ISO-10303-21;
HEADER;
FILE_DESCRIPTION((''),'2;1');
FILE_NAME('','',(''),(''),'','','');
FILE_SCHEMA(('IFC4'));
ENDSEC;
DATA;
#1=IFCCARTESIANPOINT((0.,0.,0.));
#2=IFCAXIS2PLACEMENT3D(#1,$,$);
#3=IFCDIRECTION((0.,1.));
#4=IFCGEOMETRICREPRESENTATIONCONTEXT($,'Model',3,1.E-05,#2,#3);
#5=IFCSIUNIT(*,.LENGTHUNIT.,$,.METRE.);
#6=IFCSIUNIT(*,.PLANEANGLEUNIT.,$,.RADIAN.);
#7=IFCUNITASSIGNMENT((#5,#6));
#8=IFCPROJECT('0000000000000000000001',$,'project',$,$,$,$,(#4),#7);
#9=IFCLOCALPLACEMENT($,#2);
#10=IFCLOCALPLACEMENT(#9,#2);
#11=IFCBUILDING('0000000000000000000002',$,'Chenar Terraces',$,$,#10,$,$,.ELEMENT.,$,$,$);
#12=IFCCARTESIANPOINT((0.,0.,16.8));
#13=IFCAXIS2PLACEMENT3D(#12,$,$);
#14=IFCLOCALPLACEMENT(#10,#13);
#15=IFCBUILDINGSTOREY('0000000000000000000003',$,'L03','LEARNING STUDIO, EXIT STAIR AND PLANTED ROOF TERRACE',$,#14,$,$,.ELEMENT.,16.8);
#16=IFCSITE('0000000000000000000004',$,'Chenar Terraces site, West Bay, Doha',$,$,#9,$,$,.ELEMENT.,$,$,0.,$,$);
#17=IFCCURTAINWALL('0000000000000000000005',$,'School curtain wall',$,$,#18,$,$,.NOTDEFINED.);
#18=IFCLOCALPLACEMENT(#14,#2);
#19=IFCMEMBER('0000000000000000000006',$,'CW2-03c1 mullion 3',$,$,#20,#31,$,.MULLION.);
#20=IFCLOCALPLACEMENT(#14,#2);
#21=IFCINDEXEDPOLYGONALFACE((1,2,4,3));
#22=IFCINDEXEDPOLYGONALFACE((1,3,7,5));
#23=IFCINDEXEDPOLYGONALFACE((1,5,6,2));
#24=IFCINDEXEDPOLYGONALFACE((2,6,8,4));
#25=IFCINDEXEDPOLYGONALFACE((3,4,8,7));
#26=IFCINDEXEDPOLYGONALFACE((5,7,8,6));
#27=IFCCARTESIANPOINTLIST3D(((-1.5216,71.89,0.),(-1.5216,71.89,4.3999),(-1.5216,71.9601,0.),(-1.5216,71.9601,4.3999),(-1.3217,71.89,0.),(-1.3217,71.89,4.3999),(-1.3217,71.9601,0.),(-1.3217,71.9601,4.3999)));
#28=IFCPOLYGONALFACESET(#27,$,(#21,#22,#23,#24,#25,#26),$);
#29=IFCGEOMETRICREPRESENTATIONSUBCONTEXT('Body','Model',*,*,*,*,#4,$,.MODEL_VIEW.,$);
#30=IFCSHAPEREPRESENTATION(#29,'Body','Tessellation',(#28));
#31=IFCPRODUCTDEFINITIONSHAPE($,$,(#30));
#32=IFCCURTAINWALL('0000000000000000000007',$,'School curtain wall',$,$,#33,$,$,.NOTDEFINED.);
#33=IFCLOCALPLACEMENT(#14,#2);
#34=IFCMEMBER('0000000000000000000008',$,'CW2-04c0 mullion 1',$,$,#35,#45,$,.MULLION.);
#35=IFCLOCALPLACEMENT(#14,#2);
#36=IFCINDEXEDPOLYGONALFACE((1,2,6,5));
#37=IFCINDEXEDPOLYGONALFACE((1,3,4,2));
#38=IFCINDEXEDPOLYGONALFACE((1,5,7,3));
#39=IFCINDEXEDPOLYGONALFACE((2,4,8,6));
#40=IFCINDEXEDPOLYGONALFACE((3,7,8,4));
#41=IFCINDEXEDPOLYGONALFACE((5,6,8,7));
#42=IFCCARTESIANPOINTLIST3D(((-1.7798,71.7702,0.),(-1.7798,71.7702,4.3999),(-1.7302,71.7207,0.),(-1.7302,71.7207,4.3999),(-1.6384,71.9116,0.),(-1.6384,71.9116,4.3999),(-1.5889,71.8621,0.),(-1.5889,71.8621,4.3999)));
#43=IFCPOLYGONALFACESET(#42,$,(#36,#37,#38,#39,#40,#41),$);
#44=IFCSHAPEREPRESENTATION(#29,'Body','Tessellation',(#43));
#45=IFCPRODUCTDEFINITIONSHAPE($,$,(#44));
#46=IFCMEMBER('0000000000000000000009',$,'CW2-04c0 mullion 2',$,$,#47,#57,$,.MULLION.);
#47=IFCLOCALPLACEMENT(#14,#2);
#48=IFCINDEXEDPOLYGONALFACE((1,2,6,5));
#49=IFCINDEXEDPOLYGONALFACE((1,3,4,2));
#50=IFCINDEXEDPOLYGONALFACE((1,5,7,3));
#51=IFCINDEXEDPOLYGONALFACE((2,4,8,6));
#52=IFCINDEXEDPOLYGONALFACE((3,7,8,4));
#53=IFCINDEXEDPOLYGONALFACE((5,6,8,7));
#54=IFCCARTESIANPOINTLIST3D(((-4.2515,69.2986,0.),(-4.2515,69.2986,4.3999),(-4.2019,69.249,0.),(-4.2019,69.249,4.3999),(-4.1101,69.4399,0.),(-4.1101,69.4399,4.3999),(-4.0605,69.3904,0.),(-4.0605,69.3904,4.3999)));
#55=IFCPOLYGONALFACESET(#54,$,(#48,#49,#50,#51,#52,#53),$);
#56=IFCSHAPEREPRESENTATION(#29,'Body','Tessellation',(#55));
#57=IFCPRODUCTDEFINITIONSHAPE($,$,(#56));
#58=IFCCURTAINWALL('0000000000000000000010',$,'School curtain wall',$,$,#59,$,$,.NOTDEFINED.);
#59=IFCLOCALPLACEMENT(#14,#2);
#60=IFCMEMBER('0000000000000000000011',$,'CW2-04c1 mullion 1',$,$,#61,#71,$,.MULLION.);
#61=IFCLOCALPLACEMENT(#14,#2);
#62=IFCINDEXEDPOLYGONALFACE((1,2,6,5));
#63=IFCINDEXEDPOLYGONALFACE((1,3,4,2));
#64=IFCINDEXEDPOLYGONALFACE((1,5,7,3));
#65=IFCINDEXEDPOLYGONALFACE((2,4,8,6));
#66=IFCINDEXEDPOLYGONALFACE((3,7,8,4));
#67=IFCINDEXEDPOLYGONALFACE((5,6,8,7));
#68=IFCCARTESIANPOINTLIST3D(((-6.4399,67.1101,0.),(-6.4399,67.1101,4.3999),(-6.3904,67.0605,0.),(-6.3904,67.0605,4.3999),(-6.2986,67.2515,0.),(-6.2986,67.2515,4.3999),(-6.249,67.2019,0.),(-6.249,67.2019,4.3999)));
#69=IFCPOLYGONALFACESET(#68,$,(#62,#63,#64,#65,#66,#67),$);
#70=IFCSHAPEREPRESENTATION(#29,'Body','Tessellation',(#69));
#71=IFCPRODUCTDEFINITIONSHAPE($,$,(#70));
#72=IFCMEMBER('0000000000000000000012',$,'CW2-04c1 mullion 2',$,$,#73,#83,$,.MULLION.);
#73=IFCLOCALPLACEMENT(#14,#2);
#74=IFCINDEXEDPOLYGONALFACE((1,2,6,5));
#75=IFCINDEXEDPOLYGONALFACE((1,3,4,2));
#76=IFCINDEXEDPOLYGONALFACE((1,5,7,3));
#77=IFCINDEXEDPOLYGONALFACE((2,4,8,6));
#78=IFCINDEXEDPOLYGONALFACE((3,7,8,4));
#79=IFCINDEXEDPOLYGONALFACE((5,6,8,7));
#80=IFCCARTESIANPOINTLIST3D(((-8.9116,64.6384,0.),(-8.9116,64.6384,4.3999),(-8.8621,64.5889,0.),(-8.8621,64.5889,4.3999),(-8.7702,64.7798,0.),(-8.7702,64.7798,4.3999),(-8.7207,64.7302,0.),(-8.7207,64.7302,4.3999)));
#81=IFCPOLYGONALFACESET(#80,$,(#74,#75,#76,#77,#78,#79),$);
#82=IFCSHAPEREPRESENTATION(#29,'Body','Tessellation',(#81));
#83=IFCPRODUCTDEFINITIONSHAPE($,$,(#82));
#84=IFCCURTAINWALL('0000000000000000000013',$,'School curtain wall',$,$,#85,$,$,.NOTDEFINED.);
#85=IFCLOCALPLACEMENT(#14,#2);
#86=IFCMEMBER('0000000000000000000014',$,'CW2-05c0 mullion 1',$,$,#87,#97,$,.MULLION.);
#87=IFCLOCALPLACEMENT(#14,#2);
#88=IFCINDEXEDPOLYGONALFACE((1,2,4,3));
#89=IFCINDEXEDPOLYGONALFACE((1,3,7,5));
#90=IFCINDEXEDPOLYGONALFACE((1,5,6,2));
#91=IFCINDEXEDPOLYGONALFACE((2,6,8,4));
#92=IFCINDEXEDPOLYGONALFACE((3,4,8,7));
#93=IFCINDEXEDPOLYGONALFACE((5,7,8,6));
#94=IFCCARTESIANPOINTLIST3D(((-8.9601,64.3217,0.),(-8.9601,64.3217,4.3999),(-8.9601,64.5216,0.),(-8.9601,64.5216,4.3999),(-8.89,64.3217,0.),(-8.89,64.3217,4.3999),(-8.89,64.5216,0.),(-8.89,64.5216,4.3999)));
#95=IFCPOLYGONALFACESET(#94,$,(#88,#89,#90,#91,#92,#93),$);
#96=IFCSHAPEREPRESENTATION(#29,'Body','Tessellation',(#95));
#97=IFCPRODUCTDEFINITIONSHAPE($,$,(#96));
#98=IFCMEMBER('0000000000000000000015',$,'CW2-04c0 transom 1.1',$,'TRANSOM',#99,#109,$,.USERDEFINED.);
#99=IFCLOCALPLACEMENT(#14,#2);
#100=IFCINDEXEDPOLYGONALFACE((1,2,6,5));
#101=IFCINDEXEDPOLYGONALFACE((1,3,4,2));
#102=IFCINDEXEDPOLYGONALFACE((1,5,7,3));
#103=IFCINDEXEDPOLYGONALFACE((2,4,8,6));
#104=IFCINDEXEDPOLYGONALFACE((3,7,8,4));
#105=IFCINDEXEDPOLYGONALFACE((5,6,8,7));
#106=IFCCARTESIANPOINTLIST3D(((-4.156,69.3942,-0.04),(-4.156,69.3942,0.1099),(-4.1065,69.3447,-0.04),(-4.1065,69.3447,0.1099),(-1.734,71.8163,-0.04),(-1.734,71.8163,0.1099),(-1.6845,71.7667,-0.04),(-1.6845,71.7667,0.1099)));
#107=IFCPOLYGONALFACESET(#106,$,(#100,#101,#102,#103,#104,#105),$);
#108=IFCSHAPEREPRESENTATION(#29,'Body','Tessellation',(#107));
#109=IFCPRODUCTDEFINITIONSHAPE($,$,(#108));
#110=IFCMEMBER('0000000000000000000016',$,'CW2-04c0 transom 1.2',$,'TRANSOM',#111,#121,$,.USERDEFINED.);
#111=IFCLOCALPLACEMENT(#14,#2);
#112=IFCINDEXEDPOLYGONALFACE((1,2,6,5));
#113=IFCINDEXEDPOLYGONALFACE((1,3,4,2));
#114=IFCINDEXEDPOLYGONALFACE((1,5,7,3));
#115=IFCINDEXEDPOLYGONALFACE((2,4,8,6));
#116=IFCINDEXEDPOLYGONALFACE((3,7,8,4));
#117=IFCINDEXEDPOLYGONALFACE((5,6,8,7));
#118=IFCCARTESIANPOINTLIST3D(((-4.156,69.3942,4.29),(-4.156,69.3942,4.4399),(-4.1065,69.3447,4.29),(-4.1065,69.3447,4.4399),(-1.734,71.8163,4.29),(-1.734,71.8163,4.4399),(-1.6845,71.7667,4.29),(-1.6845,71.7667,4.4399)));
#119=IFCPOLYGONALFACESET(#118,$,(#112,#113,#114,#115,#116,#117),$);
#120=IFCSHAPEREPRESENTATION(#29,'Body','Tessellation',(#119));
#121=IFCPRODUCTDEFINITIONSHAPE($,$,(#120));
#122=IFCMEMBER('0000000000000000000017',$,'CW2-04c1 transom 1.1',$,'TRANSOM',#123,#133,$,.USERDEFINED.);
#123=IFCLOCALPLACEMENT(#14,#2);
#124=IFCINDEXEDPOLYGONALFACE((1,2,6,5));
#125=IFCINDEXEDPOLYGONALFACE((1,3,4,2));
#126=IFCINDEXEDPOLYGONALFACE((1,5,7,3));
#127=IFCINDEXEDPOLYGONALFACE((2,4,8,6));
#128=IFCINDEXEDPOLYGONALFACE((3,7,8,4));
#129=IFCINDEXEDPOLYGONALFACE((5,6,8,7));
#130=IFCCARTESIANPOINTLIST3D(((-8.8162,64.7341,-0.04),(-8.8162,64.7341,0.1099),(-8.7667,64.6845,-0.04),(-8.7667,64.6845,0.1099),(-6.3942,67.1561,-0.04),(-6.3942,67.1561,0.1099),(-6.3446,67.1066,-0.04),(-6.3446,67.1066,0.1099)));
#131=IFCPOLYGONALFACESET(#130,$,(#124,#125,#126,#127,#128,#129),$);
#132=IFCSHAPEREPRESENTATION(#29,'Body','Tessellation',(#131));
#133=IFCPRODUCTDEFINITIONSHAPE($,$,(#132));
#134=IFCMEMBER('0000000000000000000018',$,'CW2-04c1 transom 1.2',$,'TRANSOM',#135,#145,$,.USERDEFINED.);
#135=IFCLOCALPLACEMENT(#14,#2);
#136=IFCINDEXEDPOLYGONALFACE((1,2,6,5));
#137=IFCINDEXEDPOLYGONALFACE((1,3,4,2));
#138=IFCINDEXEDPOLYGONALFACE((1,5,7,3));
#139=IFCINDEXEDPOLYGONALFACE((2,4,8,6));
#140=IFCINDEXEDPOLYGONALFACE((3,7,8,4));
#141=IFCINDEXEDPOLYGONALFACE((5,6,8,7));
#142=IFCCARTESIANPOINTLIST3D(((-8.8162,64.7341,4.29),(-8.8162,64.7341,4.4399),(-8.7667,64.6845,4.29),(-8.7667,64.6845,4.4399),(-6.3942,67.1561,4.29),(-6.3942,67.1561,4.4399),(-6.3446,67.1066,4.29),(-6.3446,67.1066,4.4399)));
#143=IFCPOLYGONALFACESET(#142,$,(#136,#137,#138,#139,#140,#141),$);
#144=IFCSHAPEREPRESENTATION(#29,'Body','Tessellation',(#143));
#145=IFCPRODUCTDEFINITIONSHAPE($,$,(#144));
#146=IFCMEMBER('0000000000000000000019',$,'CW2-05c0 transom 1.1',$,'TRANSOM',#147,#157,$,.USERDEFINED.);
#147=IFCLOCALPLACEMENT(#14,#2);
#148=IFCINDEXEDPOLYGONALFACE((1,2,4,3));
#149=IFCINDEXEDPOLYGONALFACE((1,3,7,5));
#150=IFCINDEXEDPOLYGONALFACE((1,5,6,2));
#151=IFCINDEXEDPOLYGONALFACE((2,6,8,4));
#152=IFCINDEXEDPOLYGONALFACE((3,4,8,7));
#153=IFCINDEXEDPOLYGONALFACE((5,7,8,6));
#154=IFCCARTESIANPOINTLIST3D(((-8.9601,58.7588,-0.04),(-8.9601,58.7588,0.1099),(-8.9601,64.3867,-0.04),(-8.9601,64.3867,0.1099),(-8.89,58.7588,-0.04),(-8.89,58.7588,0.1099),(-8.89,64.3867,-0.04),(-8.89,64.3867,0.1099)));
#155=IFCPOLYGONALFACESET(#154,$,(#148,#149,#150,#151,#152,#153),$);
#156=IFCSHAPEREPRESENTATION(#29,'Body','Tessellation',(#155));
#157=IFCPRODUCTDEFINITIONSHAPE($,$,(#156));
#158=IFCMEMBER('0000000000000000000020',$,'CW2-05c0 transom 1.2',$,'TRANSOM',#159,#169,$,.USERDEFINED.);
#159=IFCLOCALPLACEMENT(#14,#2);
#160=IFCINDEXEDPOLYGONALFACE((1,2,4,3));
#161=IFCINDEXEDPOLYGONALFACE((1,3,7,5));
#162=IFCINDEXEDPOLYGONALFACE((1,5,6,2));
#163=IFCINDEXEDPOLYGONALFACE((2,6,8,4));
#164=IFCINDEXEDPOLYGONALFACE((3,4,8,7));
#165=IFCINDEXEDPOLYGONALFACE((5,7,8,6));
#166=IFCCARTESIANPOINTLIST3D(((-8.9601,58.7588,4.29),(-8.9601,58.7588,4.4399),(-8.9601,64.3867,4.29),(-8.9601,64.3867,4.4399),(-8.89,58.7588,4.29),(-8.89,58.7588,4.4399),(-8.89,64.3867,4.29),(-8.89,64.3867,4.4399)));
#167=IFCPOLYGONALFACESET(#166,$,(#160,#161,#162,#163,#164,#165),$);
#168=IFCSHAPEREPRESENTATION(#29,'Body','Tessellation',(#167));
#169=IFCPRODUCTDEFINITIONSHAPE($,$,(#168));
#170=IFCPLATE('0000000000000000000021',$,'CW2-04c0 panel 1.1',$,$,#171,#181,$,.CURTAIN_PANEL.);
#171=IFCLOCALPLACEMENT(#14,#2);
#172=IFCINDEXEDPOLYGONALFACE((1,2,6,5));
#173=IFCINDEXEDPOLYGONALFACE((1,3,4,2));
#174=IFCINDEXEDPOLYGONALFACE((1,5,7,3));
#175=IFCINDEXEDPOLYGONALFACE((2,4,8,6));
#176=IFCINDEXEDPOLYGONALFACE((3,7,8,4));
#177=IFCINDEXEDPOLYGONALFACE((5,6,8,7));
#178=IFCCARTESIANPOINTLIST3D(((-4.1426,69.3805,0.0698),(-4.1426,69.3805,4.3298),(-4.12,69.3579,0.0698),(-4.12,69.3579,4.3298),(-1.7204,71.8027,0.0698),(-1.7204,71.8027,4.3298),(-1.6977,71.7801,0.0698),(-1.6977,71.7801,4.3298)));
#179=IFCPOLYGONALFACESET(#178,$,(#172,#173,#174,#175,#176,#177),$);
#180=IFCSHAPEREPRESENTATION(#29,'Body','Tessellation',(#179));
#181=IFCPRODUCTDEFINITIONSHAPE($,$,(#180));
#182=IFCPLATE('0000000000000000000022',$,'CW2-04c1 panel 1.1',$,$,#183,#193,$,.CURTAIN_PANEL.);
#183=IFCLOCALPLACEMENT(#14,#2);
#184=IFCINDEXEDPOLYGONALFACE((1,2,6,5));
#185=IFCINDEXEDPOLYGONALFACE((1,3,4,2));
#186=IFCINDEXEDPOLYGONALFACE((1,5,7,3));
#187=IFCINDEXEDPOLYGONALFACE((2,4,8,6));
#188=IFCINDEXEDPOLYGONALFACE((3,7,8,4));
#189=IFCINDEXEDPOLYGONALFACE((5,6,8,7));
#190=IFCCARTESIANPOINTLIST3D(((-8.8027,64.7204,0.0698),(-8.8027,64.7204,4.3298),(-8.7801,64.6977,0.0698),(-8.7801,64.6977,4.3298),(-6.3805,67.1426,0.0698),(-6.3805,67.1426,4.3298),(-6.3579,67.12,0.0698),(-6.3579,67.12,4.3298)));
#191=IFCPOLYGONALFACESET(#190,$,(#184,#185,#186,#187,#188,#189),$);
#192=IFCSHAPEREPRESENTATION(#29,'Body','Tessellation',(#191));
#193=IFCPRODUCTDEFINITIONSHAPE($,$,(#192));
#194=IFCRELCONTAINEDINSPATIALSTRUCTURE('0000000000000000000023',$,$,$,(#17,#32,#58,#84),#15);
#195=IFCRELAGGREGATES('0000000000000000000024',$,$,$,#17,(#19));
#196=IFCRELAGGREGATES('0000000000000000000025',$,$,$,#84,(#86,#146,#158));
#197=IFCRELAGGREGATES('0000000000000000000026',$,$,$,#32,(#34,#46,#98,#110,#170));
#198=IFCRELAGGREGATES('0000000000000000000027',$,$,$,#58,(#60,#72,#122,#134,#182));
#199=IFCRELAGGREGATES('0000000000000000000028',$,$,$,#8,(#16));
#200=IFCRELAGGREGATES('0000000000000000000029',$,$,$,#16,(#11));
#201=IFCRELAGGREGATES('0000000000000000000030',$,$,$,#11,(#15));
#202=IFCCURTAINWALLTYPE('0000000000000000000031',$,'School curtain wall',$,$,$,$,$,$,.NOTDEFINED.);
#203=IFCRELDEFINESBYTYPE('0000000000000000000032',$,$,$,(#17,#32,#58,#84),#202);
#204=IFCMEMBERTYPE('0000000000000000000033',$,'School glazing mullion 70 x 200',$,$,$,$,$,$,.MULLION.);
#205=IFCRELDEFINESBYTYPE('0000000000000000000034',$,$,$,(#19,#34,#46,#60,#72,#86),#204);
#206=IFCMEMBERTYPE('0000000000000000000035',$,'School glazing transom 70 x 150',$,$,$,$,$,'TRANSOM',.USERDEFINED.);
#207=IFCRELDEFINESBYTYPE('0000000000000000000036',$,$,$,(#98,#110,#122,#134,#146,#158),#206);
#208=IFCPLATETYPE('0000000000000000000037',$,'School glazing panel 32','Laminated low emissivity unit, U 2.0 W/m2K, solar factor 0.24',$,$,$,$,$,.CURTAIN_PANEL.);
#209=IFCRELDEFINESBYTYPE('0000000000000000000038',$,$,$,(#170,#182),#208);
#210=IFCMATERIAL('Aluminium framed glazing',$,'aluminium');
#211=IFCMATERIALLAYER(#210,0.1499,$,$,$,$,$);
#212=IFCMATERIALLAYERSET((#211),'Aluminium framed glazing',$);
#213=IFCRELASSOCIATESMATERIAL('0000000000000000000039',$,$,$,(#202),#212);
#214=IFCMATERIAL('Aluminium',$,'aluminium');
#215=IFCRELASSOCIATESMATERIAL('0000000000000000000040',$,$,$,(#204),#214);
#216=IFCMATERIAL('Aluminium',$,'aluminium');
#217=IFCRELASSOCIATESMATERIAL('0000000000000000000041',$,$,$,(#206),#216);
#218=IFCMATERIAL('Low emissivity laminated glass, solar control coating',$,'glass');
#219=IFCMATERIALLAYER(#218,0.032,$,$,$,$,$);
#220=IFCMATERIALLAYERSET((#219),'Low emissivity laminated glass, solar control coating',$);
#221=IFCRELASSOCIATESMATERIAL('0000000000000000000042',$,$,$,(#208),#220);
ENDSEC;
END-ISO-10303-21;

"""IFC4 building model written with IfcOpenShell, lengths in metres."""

from ifc_helpers import new_model, si_unit, direction, frame, origin, origin_2d, place, context, subcontext, project, spatial, rectangle, extrude, material, layer, layer_set, material_profile, profile_set, type_object, element, aggregate, save


model = new_model("IFC4")

# Units and contexts
model_context = context("Model", 3, precision=1e-05, world=origin(), true_north=direction((0.0, 1.0)))
body_context = subcontext(model_context, "Body", "Model", "MODEL_VIEW")
ifc_project = project(units=[si_unit("LENGTHUNIT", "METRE"), si_unit("PLANEANGLEUNIT", "RADIAN")], contexts=[model_context])

# Site, building, storey
site_placement = place(None, origin())
site = spatial("IfcSite", under=ifc_project, at=site_placement, Name="Chenar Terraces site, West Bay, Doha", CompositionType="ELEMENT", RefElevation=0.0)
building_placement = place(site_placement, origin())
building = spatial("IfcBuilding", under=site, at=building_placement, Name="Chenar Terraces", CompositionType="ELEMENT")
storey_placement = place(building_placement, frame((0.0, 0.0, 16.8)))
storey = spatial("IfcBuildingStorey", under=building, at=storey_placement, Name="L03", Description="LEARNING STUDIO, EXIT STAIR AND PLANTED ROOF TERRACE", CompositionType="ELEMENT", Elevation=16.8)

# Curtain wall, member
ifc_material_1 = material(Name="Aluminium framed glazing", Category="aluminium")
ifc_layer_1 = layer(ifc_material_1, 0.1499)
ifc_layer_set_1 = layer_set([ifc_layer_1], Name="Aluminium framed glazing")
curtain_wall_type = type_object("IfcCurtainWallType", Name="School curtain wall", PredefinedType="NOTDEFINED", material=ifc_layer_set_1)
placement = place(storey_placement, origin())
curtain_wall_1 = element("IfcCurtainWall", 1, at=placement, inside=storey, type_object=curtain_wall_type, Name="School curtain wall", PredefinedType="NOTDEFINED")
ifc_material_2 = material(Name="Aluminium", Category="aluminium")
ifc_material_profile_1 = material_profile(ifc_material_2, rectangle(XDim=0.0701, YDim=0.2, at=origin_2d()), Name="School glazing mullion 70 x 200")
ifc_profile_set_1 = profile_set([ifc_material_profile_1], Name="Aluminium")
member_type_1 = type_object("IfcMemberType", Name="School glazing mullion 70 x 200", PredefinedType="MULLION", material=ifc_profile_set_1)
member_1_placement = place(storey_placement, frame((-1.4216, 71.925, 0.0), z_axis=(0.0, 0.0, 1.0), x_axis=(0.0, -1.0, 0.0)))
member_1 = element("IfcMember", 2, at=member_1_placement, type_object=member_type_1, Name="CW2-03c1 mullion 3", PredefinedType="MULLION", context=body_context, shape_type="SweptSolid", body=[
    extrude(rectangle(XDim=0.0701, YDim=0.2, at=origin_2d()), origin(), (0.0, 0.0, 1.0), 4.3999),
])
aggregate(curtain_wall_1, [member_1])

# Curtain walls, members
curtain_wall_2 = element("IfcCurtainWall", 3, at=placement, inside=storey, type_object=curtain_wall_type, Name="School curtain wall", PredefinedType="NOTDEFINED")
member_2_placement = place(storey_placement, frame((-1.6843, 71.8162, 0.0), z_axis=(0.0, 0.0, 1.0), x_axis=(0.707107, -0.707107, 0.0)))
member_2 = element("IfcMember", 4, at=member_2_placement, type_object=member_type_1, Name="CW2-04c0 mullion 1", PredefinedType="MULLION", context=body_context, shape_type="SweptSolid", body=[
    extrude(rectangle(XDim=0.0701, YDim=0.2, at=origin_2d()), origin(), (0.0, 0.0, 1.0), 4.3999),
])
member_3_placement = place(storey_placement, frame((-4.156, 69.3445, 0.0), z_axis=(0.0, 0.0, 1.0), x_axis=(0.707107, -0.707107, 0.0)))
member_3 = element("IfcMember", 5, at=member_3_placement, type_object=member_type_1, Name="CW2-04c0 mullion 2", PredefinedType="MULLION", context=body_context, shape_type="SweptSolid", body=[
    extrude(rectangle(XDim=0.0701, YDim=0.2, at=origin_2d()), origin(), (0.0, 0.0, 1.0), 4.3999),
])
curtain_wall_3 = element("IfcCurtainWall", 6, at=placement, inside=storey, type_object=curtain_wall_type, Name="School curtain wall", PredefinedType="NOTDEFINED")
member_4_placement = place(storey_placement, frame((-6.3445, 67.156, 0.0), z_axis=(0.0, 0.0, 1.0), x_axis=(0.707107, -0.707107, 0.0)))
member_4 = element("IfcMember", 7, at=member_4_placement, type_object=member_type_1, Name="CW2-04c1 mullion 1", PredefinedType="MULLION", context=body_context, shape_type="SweptSolid", body=[
    extrude(rectangle(XDim=0.0701, YDim=0.2, at=origin_2d()), origin(), (0.0, 0.0, 1.0), 4.3999),
])
member_5_placement = place(storey_placement, frame((-8.8162, 64.6843, 0.0), z_axis=(0.0, 0.0, 1.0), x_axis=(0.707107, -0.707107, 0.0)))
member_5 = element("IfcMember", 8, at=member_5_placement, type_object=member_type_1, Name="CW2-04c1 mullion 2", PredefinedType="MULLION", context=body_context, shape_type="SweptSolid", body=[
    extrude(rectangle(XDim=0.0701, YDim=0.2, at=origin_2d()), origin(), (0.0, 0.0, 1.0), 4.3999),
])

# Curtain wall, member
curtain_wall_4 = element("IfcCurtainWall", 9, at=placement, inside=storey, type_object=curtain_wall_type, Name="School curtain wall", PredefinedType="NOTDEFINED")
member_6_placement = place(storey_placement, frame((-8.925, 64.4216, 0.0), z_axis=(0.0, 0.0, 1.0), x_axis=(1.0, 0.0, 0.0)))
member_6 = element("IfcMember", 10, at=member_6_placement, type_object=member_type_1, Name="CW2-05c0 mullion 1", PredefinedType="MULLION", context=body_context, shape_type="SweptSolid", body=[
    extrude(rectangle(XDim=0.0701, YDim=0.2, at=origin_2d()), origin(), (0.0, 0.0, 1.0), 4.3999),
])

# Members
ifc_material_3 = material(Name="Aluminium", Category="aluminium")
ifc_material_profile_2 = material_profile(ifc_material_3, rectangle(XDim=0.0701, YDim=0.1499, at=origin_2d()), Name="School glazing transom 70 x 150")
ifc_profile_set_2 = profile_set([ifc_material_profile_2], Name="Aluminium")
member_type_2 = type_object("IfcMemberType", Name="School glazing transom 70 x 150", ElementType="TRANSOM", PredefinedType="USERDEFINED", material=ifc_profile_set_2)
member_7_placement = place(storey_placement, frame((-1.7092, 71.7915, 0.0349), z_axis=(-0.707107, -0.707107, 0.0), x_axis=(0.707107, -0.707107, 0.0)))
member_7 = element("IfcMember", 11, at=member_7_placement, type_object=member_type_2, Name="CW2-04c0 transom 1.1", ObjectType="TRANSOM", PredefinedType="USERDEFINED", context=body_context, shape_type="SweptSolid", body=[
    extrude(rectangle(XDim=0.0701, YDim=0.1499, at=origin_2d()), origin(), (0.0, 0.0, 1.0), 3.4253),
])
member_8_placement = place(storey_placement, frame((-1.7092, 71.7915, 4.365), z_axis=(-0.707107, -0.707107, 0.0), x_axis=(0.707107, -0.707107, 0.0)))
member_8 = element("IfcMember", 12, at=member_8_placement, type_object=member_type_2, Name="CW2-04c0 transom 1.2", ObjectType="TRANSOM", PredefinedType="USERDEFINED", context=body_context, shape_type="SweptSolid", body=[
    extrude(rectangle(XDim=0.0701, YDim=0.1499, at=origin_2d()), origin(), (0.0, 0.0, 1.0), 3.4253),
])
member_9_placement = place(storey_placement, frame((-6.3694, 67.1313, 0.0349), z_axis=(-0.707107, -0.707107, 0.0), x_axis=(0.707107, -0.707107, 0.0)))
member_9 = element("IfcMember", 13, at=member_9_placement, type_object=member_type_2, Name="CW2-04c1 transom 1.1", ObjectType="TRANSOM", PredefinedType="USERDEFINED", context=body_context, shape_type="SweptSolid", body=[
    extrude(rectangle(XDim=0.0701, YDim=0.1499, at=origin_2d()), origin(), (0.0, 0.0, 1.0), 3.4253),
])
member_10_placement = place(storey_placement, frame((-6.3694, 67.1313, 4.365), z_axis=(-0.707107, -0.707107, 0.0), x_axis=(0.707107, -0.707107, 0.0)))
member_10 = element("IfcMember", 14, at=member_10_placement, type_object=member_type_2, Name="CW2-04c1 transom 1.2", ObjectType="TRANSOM", PredefinedType="USERDEFINED", context=body_context, shape_type="SweptSolid", body=[
    extrude(rectangle(XDim=0.0701, YDim=0.1499, at=origin_2d()), origin(), (0.0, 0.0, 1.0), 3.4253),
])
member_11_placement = place(storey_placement, frame((-8.925, 64.3867, 0.0349), z_axis=(0.0, -1.0, 0.0), x_axis=(1.0, 0.0, 0.0)))
member_11 = element("IfcMember", 15, at=member_11_placement, type_object=member_type_2, Name="CW2-05c0 transom 1.1", ObjectType="TRANSOM", PredefinedType="USERDEFINED", context=body_context, shape_type="SweptSolid", body=[
    extrude(rectangle(XDim=0.0701, YDim=0.1499, at=origin_2d()), origin(), (0.0, 0.0, 1.0), 5.6279),
])
member_12_placement = place(storey_placement, frame((-8.925, 64.3867, 4.365), z_axis=(0.0, -1.0, 0.0), x_axis=(1.0, 0.0, 0.0)))
member_12 = element("IfcMember", 16, at=member_12_placement, type_object=member_type_2, Name="CW2-05c0 transom 1.2", ObjectType="TRANSOM", PredefinedType="USERDEFINED", context=body_context, shape_type="SweptSolid", body=[
    extrude(rectangle(XDim=0.0701, YDim=0.1499, at=origin_2d()), origin(), (0.0, 0.0, 1.0), 5.6279),
])
aggregate(curtain_wall_4, [member_6, member_11, member_12])

# Plates
ifc_material_4 = material(Name="Low emissivity laminated glass, solar control coating", Category="glass")
ifc_layer_2 = layer(ifc_material_4, 0.032)
ifc_layer_set_2 = layer_set([ifc_layer_2], Name="Low emissivity laminated glass, solar control coating")
plate_type = type_object("IfcPlateType", Name="School glazing panel 32", Description="Laminated low emissivity unit, U 2.0 W/m2K, solar factor 0.24", PredefinedType="CURTAIN_PANEL", material=ifc_layer_set_2)
plate_1_placement = place(storey_placement, frame((-2.9202, 70.5803, 0.0698), z_axis=(0.0, 0.0, 1.0), x_axis=(-0.707107, -0.707107, 0.0)))
plate_1 = element("IfcPlate", 17, at=plate_1_placement, type_object=plate_type, Name="CW2-04c0 panel 1.1", PredefinedType="CURTAIN_PANEL", context=body_context, shape_type="SweptSolid", body=[
    extrude(rectangle(XDim=3.4255, YDim=0.032, at=origin_2d()), origin(), (0.0, 0.0, 1.0), 4.26),
])
aggregate(curtain_wall_2, [member_2, member_3, member_7, member_8, plate_1])
plate_2_placement = place(storey_placement, frame((-7.5803, 65.9202, 0.0698), z_axis=(0.0, 0.0, 1.0), x_axis=(-0.707107, -0.707107, 0.0)))
plate_2 = element("IfcPlate", 18, at=plate_2_placement, type_object=plate_type, Name="CW2-04c1 panel 1.1", PredefinedType="CURTAIN_PANEL", context=body_context, shape_type="SweptSolid", body=[
    extrude(rectangle(XDim=3.4255, YDim=0.032, at=origin_2d()), origin(), (0.0, 0.0, 1.0), 4.26),
])
aggregate(curtain_wall_3, [member_4, member_5, member_9, member_10, plate_2])

save(model, "model.ifc")
